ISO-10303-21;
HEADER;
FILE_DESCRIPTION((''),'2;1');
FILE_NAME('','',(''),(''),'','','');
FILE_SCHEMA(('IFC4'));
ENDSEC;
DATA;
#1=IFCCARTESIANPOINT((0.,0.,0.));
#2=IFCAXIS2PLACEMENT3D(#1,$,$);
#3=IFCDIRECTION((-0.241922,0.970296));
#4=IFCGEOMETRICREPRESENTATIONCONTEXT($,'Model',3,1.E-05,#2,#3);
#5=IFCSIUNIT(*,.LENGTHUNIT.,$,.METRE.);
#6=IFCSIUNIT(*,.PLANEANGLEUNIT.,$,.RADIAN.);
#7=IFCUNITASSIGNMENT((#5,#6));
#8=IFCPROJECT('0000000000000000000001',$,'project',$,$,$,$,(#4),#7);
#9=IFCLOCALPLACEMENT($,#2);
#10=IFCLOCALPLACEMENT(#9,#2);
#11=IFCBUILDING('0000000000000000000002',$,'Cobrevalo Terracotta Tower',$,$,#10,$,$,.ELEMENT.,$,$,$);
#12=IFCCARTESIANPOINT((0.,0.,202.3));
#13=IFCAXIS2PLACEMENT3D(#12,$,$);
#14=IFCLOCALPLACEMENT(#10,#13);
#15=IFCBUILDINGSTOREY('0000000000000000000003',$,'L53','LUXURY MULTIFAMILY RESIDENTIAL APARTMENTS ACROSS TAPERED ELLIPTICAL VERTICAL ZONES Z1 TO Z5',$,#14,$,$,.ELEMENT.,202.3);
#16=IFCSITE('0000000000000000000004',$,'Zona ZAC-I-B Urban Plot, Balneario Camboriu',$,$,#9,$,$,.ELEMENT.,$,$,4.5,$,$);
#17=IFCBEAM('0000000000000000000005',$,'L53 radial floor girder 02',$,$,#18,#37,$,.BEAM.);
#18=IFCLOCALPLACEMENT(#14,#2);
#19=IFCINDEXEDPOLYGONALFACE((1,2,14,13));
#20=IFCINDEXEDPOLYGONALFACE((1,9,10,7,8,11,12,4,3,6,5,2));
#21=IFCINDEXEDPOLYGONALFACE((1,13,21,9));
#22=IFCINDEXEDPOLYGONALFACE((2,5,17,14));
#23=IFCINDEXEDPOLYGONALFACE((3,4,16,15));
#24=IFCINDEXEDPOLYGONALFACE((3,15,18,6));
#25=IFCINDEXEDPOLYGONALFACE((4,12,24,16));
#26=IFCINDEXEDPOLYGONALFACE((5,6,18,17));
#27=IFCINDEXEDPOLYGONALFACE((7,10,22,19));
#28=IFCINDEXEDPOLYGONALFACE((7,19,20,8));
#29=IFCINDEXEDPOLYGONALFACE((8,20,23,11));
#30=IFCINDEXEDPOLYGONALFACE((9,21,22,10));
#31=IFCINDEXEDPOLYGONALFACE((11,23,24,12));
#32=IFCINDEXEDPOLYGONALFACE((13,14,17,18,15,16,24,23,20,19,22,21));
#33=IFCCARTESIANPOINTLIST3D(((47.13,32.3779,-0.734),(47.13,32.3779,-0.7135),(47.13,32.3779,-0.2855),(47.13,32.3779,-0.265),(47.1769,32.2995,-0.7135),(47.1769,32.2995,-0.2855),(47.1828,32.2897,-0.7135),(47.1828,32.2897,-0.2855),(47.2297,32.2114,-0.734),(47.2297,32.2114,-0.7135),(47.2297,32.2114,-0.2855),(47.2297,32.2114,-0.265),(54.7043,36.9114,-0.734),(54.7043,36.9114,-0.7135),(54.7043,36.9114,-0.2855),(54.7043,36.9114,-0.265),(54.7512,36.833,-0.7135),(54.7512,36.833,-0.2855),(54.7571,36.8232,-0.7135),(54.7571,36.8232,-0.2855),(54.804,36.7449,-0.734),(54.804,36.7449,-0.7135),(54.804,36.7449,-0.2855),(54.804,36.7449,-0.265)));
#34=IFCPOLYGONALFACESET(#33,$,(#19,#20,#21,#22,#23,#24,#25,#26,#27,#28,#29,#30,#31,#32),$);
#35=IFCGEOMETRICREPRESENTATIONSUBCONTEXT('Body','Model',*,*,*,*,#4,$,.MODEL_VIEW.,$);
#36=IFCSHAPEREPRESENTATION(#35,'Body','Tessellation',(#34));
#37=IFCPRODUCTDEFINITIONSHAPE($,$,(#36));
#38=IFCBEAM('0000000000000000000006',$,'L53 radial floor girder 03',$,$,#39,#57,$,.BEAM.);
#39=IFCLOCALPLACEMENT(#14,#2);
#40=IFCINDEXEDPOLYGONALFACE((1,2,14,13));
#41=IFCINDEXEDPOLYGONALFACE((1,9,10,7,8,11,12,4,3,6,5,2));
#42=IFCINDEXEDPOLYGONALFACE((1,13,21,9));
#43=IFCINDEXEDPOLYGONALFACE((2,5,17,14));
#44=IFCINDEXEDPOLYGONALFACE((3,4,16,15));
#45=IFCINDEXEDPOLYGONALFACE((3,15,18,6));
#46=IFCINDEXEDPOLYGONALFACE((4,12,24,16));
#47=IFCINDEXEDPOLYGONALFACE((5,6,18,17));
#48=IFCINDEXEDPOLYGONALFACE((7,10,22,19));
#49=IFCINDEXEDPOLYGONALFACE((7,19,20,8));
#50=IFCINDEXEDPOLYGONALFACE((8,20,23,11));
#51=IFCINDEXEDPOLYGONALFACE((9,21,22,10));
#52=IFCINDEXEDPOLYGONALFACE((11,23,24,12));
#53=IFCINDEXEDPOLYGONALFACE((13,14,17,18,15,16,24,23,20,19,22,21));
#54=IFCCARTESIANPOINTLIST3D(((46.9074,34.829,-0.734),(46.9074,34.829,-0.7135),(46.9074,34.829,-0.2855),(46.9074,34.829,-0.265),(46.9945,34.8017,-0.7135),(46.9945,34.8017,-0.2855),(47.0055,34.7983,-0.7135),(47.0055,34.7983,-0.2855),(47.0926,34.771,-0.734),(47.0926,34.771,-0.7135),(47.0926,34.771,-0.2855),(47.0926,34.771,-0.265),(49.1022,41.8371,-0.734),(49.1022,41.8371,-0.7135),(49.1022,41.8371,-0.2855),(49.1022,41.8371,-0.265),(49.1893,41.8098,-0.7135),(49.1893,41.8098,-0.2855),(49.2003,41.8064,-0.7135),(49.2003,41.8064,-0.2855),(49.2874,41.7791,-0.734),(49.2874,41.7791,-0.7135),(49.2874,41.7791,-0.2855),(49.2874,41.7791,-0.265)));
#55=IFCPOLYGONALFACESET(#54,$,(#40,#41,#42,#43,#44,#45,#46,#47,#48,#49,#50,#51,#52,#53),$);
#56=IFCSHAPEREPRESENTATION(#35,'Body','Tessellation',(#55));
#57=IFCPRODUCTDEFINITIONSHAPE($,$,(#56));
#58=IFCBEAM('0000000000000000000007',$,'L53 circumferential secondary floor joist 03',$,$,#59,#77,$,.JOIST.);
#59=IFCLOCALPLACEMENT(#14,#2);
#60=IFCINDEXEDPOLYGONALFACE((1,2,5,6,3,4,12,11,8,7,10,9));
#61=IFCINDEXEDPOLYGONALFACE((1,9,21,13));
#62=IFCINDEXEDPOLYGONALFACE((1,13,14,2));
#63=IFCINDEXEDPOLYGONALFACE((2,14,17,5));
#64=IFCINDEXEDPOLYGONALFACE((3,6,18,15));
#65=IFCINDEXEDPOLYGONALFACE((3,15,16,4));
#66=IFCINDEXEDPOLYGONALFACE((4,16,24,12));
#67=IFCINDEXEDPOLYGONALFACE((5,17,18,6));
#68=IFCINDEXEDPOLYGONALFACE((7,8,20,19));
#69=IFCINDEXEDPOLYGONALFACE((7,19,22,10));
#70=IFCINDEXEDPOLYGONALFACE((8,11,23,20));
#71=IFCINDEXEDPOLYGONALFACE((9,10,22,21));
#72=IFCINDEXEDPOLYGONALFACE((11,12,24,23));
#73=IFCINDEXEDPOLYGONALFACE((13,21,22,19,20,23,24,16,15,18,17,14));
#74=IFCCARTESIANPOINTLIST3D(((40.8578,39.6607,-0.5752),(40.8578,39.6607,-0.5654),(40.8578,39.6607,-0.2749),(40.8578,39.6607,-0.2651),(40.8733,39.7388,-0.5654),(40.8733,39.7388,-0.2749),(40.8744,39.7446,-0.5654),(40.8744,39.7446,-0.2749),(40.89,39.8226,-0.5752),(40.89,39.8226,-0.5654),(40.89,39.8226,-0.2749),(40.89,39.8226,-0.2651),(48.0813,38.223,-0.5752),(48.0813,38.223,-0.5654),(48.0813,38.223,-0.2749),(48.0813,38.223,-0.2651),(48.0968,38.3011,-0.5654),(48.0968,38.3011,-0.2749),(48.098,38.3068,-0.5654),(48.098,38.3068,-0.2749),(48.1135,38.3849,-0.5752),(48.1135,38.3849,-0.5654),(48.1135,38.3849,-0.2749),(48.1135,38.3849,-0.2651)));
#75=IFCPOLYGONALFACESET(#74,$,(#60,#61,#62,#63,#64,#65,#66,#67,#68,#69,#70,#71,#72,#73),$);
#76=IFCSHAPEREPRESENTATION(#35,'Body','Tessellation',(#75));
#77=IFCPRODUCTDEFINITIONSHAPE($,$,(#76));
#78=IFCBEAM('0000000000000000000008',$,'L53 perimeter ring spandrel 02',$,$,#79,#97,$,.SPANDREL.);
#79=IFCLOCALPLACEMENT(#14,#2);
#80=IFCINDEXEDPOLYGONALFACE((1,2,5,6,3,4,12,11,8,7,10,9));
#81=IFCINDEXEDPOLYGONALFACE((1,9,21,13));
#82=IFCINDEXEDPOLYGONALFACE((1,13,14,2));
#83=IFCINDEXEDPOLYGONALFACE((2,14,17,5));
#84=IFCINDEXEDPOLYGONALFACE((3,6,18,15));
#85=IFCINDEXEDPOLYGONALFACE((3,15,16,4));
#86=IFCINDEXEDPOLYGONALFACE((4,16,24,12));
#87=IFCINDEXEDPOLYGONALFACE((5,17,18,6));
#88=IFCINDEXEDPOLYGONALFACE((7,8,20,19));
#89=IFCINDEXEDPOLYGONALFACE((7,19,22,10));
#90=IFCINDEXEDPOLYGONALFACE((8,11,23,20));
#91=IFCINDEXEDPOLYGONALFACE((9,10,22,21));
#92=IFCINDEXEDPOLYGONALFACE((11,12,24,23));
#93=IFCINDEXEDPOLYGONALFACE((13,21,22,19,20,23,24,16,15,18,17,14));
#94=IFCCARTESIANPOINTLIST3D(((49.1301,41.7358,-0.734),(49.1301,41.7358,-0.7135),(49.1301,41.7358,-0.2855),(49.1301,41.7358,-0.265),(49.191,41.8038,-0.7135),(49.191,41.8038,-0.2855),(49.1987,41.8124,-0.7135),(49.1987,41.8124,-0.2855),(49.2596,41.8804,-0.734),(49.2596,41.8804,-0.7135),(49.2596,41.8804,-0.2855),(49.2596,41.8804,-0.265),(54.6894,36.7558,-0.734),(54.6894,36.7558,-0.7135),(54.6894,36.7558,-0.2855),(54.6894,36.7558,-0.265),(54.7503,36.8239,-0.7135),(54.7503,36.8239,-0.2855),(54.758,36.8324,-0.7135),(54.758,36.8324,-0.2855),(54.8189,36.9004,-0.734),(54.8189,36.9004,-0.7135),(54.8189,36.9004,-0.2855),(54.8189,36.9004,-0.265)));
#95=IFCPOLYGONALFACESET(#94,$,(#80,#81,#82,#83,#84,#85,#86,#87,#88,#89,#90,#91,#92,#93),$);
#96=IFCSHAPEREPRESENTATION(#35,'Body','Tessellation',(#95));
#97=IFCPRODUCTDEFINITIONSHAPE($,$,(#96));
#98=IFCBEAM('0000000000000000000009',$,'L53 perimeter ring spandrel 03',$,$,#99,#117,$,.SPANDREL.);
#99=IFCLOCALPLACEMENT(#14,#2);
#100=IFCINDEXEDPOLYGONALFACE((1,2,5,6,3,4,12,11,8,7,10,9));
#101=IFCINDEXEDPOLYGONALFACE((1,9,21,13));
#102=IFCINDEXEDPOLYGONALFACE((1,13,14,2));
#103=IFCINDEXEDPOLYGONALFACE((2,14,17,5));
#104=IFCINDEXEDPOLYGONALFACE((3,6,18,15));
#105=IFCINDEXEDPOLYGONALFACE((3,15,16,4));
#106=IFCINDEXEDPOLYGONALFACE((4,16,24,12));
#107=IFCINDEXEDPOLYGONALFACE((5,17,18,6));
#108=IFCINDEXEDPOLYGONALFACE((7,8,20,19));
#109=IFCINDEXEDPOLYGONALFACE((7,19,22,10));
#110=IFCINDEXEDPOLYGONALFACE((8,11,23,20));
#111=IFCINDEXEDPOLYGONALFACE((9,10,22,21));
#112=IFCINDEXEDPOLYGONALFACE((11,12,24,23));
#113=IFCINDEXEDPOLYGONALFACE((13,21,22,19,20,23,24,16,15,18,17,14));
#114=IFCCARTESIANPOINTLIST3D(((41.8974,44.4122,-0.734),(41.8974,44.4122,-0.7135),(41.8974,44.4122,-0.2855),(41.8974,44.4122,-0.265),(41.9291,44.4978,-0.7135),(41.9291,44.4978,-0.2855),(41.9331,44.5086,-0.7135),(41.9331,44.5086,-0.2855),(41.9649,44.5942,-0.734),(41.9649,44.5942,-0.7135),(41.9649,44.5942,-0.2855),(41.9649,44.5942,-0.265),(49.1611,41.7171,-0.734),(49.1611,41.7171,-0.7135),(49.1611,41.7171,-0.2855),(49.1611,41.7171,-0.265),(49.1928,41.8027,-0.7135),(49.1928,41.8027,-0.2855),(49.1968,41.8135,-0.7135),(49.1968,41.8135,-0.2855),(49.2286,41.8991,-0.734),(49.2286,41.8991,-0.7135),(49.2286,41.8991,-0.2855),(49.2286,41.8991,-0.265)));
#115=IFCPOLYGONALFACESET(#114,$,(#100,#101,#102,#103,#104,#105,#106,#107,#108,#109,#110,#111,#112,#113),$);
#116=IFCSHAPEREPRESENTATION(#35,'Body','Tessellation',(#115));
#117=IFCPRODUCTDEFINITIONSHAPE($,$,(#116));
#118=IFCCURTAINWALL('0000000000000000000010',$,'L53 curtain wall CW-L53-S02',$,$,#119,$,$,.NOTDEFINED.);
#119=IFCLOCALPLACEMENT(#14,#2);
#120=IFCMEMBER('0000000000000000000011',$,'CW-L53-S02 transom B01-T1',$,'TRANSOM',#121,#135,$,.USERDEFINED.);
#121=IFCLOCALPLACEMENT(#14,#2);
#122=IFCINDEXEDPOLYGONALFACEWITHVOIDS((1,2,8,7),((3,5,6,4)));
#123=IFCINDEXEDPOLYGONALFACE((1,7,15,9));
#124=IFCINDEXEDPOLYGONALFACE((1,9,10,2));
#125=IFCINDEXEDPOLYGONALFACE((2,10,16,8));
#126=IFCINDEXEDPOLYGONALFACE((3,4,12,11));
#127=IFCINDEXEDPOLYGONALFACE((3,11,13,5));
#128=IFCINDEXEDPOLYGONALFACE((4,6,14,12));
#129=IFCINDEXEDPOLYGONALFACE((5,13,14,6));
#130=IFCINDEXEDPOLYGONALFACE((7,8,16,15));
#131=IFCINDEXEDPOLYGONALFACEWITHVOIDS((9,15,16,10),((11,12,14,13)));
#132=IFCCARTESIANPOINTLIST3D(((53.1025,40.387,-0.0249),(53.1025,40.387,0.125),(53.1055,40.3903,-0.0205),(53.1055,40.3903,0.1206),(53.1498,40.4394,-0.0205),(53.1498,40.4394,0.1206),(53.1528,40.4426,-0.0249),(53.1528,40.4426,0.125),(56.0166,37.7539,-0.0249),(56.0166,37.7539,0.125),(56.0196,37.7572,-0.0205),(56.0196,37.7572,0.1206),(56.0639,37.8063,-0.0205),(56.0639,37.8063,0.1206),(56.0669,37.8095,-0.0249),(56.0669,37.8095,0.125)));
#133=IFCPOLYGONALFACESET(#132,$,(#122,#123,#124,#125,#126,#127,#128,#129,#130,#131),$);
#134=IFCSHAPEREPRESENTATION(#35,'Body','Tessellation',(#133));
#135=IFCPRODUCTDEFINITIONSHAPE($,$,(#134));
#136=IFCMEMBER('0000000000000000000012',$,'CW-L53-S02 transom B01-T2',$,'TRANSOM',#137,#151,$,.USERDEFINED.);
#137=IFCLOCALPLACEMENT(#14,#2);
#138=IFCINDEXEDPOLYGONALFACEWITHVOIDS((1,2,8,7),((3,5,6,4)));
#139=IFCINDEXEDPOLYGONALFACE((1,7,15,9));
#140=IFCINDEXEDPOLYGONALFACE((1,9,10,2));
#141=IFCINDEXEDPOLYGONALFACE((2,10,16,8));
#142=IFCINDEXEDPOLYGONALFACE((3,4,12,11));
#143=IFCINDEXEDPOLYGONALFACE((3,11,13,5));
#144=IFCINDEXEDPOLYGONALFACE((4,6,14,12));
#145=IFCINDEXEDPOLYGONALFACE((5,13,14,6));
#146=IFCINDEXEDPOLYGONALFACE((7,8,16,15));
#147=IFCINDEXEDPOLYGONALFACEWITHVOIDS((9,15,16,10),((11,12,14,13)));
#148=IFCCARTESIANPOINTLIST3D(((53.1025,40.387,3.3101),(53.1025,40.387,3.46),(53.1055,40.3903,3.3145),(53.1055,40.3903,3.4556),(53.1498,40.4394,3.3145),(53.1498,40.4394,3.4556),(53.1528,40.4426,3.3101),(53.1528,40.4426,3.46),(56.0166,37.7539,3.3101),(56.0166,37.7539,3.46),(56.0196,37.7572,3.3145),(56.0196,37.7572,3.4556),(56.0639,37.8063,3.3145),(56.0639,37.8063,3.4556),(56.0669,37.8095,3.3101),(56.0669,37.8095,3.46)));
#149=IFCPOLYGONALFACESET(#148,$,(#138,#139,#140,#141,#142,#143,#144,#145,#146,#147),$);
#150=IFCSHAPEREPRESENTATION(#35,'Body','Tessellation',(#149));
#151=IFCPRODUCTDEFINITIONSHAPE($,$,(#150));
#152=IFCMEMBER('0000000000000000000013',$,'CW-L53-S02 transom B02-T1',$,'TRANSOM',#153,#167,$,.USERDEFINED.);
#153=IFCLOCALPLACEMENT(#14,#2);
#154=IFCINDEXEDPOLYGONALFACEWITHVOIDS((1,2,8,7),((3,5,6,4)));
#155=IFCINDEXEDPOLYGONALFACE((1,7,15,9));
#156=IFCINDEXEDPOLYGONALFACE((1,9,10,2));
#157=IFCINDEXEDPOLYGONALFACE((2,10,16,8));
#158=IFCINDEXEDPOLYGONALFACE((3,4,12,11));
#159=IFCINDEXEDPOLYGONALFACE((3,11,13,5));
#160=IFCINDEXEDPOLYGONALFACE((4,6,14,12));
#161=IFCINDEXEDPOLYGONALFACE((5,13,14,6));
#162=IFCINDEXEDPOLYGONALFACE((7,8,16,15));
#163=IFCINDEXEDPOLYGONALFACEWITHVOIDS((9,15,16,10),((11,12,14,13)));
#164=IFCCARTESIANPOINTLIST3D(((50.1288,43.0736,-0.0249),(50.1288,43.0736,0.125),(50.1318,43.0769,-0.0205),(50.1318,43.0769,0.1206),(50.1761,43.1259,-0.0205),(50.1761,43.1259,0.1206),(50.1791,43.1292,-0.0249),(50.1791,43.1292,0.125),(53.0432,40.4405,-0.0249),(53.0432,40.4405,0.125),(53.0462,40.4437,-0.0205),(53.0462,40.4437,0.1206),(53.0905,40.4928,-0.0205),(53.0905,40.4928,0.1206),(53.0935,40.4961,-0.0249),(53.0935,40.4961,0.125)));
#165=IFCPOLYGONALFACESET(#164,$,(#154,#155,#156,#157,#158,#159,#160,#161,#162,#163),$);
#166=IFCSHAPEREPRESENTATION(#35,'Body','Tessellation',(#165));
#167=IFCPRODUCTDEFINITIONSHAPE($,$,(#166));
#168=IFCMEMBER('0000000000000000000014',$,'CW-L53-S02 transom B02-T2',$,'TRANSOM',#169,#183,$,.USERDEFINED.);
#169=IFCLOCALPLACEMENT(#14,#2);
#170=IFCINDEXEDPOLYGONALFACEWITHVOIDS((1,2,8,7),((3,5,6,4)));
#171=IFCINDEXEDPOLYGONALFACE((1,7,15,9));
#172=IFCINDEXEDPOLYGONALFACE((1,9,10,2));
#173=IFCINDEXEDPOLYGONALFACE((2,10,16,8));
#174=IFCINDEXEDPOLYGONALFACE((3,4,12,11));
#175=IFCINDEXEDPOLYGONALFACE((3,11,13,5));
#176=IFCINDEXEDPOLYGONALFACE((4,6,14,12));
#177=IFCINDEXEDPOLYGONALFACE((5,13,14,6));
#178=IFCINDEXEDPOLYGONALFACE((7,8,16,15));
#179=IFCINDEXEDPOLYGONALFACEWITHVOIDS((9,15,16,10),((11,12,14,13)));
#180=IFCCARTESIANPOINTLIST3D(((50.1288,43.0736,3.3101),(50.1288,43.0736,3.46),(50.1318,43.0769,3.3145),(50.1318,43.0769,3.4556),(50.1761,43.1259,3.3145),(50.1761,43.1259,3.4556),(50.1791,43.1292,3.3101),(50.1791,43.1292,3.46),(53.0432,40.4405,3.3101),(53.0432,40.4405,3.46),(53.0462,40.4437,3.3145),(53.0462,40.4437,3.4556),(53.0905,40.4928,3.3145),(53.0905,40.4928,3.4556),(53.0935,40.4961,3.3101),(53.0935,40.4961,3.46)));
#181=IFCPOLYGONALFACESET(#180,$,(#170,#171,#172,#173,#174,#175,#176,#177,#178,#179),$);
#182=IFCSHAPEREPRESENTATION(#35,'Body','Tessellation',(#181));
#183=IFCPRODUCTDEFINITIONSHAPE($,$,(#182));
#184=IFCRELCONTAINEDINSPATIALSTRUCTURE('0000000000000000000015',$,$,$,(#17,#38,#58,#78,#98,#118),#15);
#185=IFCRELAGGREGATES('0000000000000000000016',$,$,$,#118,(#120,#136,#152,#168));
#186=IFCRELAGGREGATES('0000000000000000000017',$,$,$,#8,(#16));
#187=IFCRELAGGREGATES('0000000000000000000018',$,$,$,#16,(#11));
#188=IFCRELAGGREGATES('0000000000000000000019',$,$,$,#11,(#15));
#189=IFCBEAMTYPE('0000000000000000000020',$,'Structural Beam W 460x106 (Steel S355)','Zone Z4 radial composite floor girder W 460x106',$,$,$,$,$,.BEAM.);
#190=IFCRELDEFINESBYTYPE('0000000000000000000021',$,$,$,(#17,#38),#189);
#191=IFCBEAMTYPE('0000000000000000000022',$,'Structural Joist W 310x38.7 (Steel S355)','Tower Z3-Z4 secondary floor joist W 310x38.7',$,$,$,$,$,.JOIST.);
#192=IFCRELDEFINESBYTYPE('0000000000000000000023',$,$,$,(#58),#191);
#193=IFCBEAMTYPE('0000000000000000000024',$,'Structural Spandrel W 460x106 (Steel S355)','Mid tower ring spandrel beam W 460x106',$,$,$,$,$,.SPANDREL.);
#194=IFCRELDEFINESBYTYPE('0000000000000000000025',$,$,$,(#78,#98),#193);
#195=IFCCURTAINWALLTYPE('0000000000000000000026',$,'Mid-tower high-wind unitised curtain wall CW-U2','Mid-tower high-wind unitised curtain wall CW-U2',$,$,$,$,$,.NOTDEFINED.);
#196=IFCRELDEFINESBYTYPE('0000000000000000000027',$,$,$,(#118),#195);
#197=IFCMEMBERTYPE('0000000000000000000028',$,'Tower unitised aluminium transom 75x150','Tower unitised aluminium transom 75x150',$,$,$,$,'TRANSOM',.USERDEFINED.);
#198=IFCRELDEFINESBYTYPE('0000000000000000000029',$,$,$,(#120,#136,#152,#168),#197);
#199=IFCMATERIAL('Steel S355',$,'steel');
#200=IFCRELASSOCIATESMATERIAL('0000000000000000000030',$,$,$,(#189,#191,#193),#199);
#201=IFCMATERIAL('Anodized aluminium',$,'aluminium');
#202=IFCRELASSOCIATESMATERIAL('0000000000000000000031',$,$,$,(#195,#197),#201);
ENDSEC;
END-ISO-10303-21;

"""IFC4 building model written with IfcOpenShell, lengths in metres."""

from ifc_helpers import new_model, si_unit, direction, frame, origin, origin_2d, place, context, subcontext, project, spatial, hollow_rectangle, i_section, extrude, source, transform, mapped, material, material_profile, profile_set, type_object, element, aggregate, save


model = new_model("IFC4")

# Units and contexts
model_context = context("Model", 3, precision=1e-05, world=origin(), true_north=direction((-0.241922, 0.970296)))
body_context = subcontext(model_context, "Body", "Model", "MODEL_VIEW")
ifc_project = project(units=[si_unit("LENGTHUNIT", "METRE"), si_unit("PLANEANGLEUNIT", "RADIAN")], contexts=[model_context])

# Site, building, storey
site_placement = place(None, origin())
site = spatial("IfcSite", under=ifc_project, at=site_placement, Name="Zona ZAC-I-B Urban Plot, Balneario Camboriu", CompositionType="ELEMENT", RefElevation=4.5)
building_placement = place(site_placement, origin())
building = spatial("IfcBuilding", under=site, at=building_placement, Name="Cobrevalo Terracotta Tower", CompositionType="ELEMENT")
storey_placement = place(building_placement, frame((0.0, 0.0, 202.3)))
storey = spatial("IfcBuildingStorey", under=building, at=storey_placement, Name="L53", Description="LUXURY MULTIFAMILY RESIDENTIAL APARTMENTS ACROSS TAPERED ELLIPTICAL VERTICAL ZONES Z1 TO Z5", CompositionType="ELEMENT", Elevation=202.3)

# Shared definitions
ifc_material_1 = material(Name="Steel S355", Category="steel")

# Beams
ifc_material_profile_1 = material_profile(ifc_material_1, i_section(OverallWidth=0.1941, OverallDepth=0.469, WebThickness=0.0115, FlangeThickness=0.0205, at=origin_2d()), Name="W 460x106")
ifc_profile_set_1 = profile_set([ifc_material_profile_1], Name="Steel S355")
beam_type_1 = type_object("IfcBeamType", Name="Structural Beam W 460x106 (Steel S355)", Description="Zone Z4 radial composite floor girder W 460x106", PredefinedType="BEAM", material=ifc_profile_set_1)
beam_1_placement = place(storey_placement, frame((54.7542, 36.8281, -0.4995), z_axis=(-0.858046, -0.513572, 0.0), x_axis=(0.513572, -0.858046, 0.0)))
element("IfcBeam", 1, at=beam_1_placement, inside=storey, type_object=beam_type_1, Name="L53 radial floor girder 02", PredefinedType="BEAM", context=body_context, shape_type="SweptSolid", body=[
    extrude(i_section(OverallWidth=0.1941, OverallDepth=0.469, WebThickness=0.0115, FlangeThickness=0.0205, at=origin_2d()), origin(), (0.0, 0.0, 1.0), 8.8274),
])
beam_2_placement = place(storey_placement, frame((49.1948, 41.8081, -0.4995), z_axis=(-0.298871, -0.954293, 0.0), x_axis=(0.954293, -0.298871, 0.0)))
element("IfcBeam", 2, at=beam_2_placement, inside=storey, type_object=beam_type_1, Name="L53 radial floor girder 03", PredefinedType="BEAM", context=body_context, shape_type="SweptSolid", body=[
    extrude(i_section(OverallWidth=0.1941, OverallDepth=0.469, WebThickness=0.0115, FlangeThickness=0.0205, at=origin_2d()), origin(), (0.0, 0.0, 1.0), 7.3438),
])
ifc_material_profile_2 = material_profile(ifc_material_1, i_section(OverallWidth=0.165, OverallDepth=0.3101, WebThickness=0.0059, FlangeThickness=0.0098, at=origin_2d()), Name="W 310x38.7")
ifc_profile_set_2 = profile_set([ifc_material_profile_2], Name="Steel S355")
beam_type_2 = type_object("IfcBeamType", Name="Structural Joist W 310x38.7 (Steel S355)", Description="Tower Z3-Z4 secondary floor joist W 310x38.7", PredefinedType="JOIST", material=ifc_profile_set_2)
beam_3_placement = place(storey_placement, frame((48.0974, 38.304, -0.4202), z_axis=(-0.980763, 0.195204, 0.0), x_axis=(-0.195204, -0.980763, 0.0)))
element("IfcBeam", 3, at=beam_3_placement, inside=storey, type_object=beam_type_2, Name="L53 circumferential secondary floor joist 03", PredefinedType="JOIST", context=body_context, shape_type="SweptSolid", body=[
    extrude(i_section(OverallWidth=0.165, OverallDepth=0.3101, WebThickness=0.0059, FlangeThickness=0.0098, at=origin_2d()), origin(), (0.0, 0.0, 1.0), 7.3652),
])
ifc_material_profile_3 = material_profile(ifc_material_1, i_section(OverallWidth=0.1941, OverallDepth=0.469, WebThickness=0.0115, FlangeThickness=0.0205, at=origin_2d()), Name="W 460x106")
ifc_profile_set_3 = profile_set([ifc_material_profile_3], Name="Steel S355")
beam_type_3 = type_object("IfcBeamType", Name="Structural Spandrel W 460x106 (Steel S355)", Description="Mid tower ring spandrel beam W 460x106", PredefinedType="SPANDREL", material=ifc_profile_set_3)
beam_4_placement = place(storey_placement, frame((54.7542, 36.8281, -0.4995), z_axis=(-0.744852, 0.66723, 0.0), x_axis=(-0.66723, -0.744852, 0.0)))
element("IfcBeam", 4, at=beam_4_placement, inside=storey, type_object=beam_type_3, Name="L53 perimeter ring spandrel 02", PredefinedType="SPANDREL", context=body_context, shape_type="SweptSolid", body=[
    extrude(i_section(OverallWidth=0.1941, OverallDepth=0.469, WebThickness=0.0115, FlangeThickness=0.0205, at=origin_2d()), origin(), (0.0, 0.0, 1.0), 7.4636),
])
beam_5_placement = place(storey_placement, frame((49.1948, 41.8081, -0.4995), z_axis=(-0.937546, 0.347861, 0.0), x_axis=(-0.347861, -0.937546, 0.0)))
element("IfcBeam", 5, at=beam_5_placement, inside=storey, type_object=beam_type_3, Name="L53 perimeter ring spandrel 03", PredefinedType="SPANDREL", context=body_context, shape_type="SweptSolid", body=[
    extrude(i_section(OverallWidth=0.1941, OverallDepth=0.469, WebThickness=0.0115, FlangeThickness=0.0205, at=origin_2d()), origin(), (0.0, 0.0, 1.0), 7.7476),
])

# Curtain wall, members
ifc_material_2 = material(Name="Anodized aluminium", Category="aluminium")
curtain_wall_type = type_object("IfcCurtainWallType", Name="Mid-tower high-wind unitised curtain wall CW-U2", Description="Mid-tower high-wind unitised curtain wall CW-U2", PredefinedType="NOTDEFINED", material=ifc_material_2)
curtain_wall_1_placement = place(storey_placement, origin())
curtain_wall_1 = element("IfcCurtainWall", 6, at=curtain_wall_1_placement, inside=storey, type_object=curtain_wall_type, Name="L53 curtain wall CW-L53-S02", PredefinedType="NOTDEFINED")
ifc_material_profile_4 = material_profile(ifc_material_2, hollow_rectangle(XDim=0.075, YDim=0.1499, WallThickness=0.0044, at=origin_2d()), Name="CWT 75x150")
ifc_profile_set_4 = profile_set([ifc_material_profile_4], Name="Anodized aluminium")
member_type_1 = type_object("IfcMemberType", Name="Tower unitised aluminium transom 75x150", Description="Tower unitised aluminium transom 75x150", ElementType="TRANSOM", PredefinedType="USERDEFINED", material=ifc_profile_set_4)
shared_shape_1 = source(origin(), body_context, "Body", "SweptSolid", [
    extrude(hollow_rectangle(XDim=0.075, YDim=0.1499, WallThickness=0.0044, at=origin_2d()), origin(), (0.0, 0.0, 1.0), 3.9275),
])
member_1_placement = place(storey_placement, frame((56.0417, 37.7817, 0.05), z_axis=(-0.741976, 0.670426, 0.0), x_axis=(-0.670426, -0.741976, 0.0)))
member_1 = element("IfcMember", 7, at=member_1_placement, type_object=member_type_1, Name="CW-L53-S02 transom B01-T1", ObjectType="TRANSOM", PredefinedType="USERDEFINED", context=body_context, shape_type="MappedRepresentation", body=[
    mapped(shared_shape_1, transform((0.0, 0.0, 0.0), scale=1.0)),
])
member_2_placement = place(storey_placement, frame((56.0417, 37.7817, 3.385), z_axis=(-0.741976, 0.670426, 0.0), x_axis=(-0.670426, -0.741976, 0.0)))
member_2 = element("IfcMember", 8, at=member_2_placement, type_object=member_type_1, Name="CW-L53-S02 transom B01-T2", ObjectType="TRANSOM", PredefinedType="USERDEFINED", context=body_context, shape_type="MappedRepresentation", body=[
    mapped(shared_shape_1, transform((0.0, 0.0, 0.0), scale=1.0)),
])
shared_shape_2 = source(origin(), body_context, "Body", "SweptSolid", [
    extrude(hollow_rectangle(XDim=0.075, YDim=0.1499, WallThickness=0.0044, at=origin_2d()), origin(), (0.0, 0.0, 1.0), 3.9277),
])
member_3_placement = place(storey_placement, frame((53.0684, 40.4683, 0.05), z_axis=(-0.742004, 0.670396, 0.0), x_axis=(-0.670396, -0.742004, 0.0)))
member_3 = element("IfcMember", 9, at=member_3_placement, type_object=member_type_1, Name="CW-L53-S02 transom B02-T1", ObjectType="TRANSOM", PredefinedType="USERDEFINED", context=body_context, shape_type="MappedRepresentation", body=[
    mapped(shared_shape_2, transform((0.0, 0.0, 0.0), scale=1.0)),
])
member_4_placement = place(storey_placement, frame((53.0684, 40.4683, 3.385), z_axis=(-0.742004, 0.670396, 0.0), x_axis=(-0.670396, -0.742004, 0.0)))
member_4 = element("IfcMember", 10, at=member_4_placement, type_object=member_type_1, Name="CW-L53-S02 transom B02-T2", ObjectType="TRANSOM", PredefinedType="USERDEFINED", context=body_context, shape_type="MappedRepresentation", body=[
    mapped(shared_shape_2, transform((0.0, 0.0, 0.0), scale=1.0)),
])

aggregate(curtain_wall_1, [member_1, member_2, member_3, member_4])

save(model, "model.ifc")
